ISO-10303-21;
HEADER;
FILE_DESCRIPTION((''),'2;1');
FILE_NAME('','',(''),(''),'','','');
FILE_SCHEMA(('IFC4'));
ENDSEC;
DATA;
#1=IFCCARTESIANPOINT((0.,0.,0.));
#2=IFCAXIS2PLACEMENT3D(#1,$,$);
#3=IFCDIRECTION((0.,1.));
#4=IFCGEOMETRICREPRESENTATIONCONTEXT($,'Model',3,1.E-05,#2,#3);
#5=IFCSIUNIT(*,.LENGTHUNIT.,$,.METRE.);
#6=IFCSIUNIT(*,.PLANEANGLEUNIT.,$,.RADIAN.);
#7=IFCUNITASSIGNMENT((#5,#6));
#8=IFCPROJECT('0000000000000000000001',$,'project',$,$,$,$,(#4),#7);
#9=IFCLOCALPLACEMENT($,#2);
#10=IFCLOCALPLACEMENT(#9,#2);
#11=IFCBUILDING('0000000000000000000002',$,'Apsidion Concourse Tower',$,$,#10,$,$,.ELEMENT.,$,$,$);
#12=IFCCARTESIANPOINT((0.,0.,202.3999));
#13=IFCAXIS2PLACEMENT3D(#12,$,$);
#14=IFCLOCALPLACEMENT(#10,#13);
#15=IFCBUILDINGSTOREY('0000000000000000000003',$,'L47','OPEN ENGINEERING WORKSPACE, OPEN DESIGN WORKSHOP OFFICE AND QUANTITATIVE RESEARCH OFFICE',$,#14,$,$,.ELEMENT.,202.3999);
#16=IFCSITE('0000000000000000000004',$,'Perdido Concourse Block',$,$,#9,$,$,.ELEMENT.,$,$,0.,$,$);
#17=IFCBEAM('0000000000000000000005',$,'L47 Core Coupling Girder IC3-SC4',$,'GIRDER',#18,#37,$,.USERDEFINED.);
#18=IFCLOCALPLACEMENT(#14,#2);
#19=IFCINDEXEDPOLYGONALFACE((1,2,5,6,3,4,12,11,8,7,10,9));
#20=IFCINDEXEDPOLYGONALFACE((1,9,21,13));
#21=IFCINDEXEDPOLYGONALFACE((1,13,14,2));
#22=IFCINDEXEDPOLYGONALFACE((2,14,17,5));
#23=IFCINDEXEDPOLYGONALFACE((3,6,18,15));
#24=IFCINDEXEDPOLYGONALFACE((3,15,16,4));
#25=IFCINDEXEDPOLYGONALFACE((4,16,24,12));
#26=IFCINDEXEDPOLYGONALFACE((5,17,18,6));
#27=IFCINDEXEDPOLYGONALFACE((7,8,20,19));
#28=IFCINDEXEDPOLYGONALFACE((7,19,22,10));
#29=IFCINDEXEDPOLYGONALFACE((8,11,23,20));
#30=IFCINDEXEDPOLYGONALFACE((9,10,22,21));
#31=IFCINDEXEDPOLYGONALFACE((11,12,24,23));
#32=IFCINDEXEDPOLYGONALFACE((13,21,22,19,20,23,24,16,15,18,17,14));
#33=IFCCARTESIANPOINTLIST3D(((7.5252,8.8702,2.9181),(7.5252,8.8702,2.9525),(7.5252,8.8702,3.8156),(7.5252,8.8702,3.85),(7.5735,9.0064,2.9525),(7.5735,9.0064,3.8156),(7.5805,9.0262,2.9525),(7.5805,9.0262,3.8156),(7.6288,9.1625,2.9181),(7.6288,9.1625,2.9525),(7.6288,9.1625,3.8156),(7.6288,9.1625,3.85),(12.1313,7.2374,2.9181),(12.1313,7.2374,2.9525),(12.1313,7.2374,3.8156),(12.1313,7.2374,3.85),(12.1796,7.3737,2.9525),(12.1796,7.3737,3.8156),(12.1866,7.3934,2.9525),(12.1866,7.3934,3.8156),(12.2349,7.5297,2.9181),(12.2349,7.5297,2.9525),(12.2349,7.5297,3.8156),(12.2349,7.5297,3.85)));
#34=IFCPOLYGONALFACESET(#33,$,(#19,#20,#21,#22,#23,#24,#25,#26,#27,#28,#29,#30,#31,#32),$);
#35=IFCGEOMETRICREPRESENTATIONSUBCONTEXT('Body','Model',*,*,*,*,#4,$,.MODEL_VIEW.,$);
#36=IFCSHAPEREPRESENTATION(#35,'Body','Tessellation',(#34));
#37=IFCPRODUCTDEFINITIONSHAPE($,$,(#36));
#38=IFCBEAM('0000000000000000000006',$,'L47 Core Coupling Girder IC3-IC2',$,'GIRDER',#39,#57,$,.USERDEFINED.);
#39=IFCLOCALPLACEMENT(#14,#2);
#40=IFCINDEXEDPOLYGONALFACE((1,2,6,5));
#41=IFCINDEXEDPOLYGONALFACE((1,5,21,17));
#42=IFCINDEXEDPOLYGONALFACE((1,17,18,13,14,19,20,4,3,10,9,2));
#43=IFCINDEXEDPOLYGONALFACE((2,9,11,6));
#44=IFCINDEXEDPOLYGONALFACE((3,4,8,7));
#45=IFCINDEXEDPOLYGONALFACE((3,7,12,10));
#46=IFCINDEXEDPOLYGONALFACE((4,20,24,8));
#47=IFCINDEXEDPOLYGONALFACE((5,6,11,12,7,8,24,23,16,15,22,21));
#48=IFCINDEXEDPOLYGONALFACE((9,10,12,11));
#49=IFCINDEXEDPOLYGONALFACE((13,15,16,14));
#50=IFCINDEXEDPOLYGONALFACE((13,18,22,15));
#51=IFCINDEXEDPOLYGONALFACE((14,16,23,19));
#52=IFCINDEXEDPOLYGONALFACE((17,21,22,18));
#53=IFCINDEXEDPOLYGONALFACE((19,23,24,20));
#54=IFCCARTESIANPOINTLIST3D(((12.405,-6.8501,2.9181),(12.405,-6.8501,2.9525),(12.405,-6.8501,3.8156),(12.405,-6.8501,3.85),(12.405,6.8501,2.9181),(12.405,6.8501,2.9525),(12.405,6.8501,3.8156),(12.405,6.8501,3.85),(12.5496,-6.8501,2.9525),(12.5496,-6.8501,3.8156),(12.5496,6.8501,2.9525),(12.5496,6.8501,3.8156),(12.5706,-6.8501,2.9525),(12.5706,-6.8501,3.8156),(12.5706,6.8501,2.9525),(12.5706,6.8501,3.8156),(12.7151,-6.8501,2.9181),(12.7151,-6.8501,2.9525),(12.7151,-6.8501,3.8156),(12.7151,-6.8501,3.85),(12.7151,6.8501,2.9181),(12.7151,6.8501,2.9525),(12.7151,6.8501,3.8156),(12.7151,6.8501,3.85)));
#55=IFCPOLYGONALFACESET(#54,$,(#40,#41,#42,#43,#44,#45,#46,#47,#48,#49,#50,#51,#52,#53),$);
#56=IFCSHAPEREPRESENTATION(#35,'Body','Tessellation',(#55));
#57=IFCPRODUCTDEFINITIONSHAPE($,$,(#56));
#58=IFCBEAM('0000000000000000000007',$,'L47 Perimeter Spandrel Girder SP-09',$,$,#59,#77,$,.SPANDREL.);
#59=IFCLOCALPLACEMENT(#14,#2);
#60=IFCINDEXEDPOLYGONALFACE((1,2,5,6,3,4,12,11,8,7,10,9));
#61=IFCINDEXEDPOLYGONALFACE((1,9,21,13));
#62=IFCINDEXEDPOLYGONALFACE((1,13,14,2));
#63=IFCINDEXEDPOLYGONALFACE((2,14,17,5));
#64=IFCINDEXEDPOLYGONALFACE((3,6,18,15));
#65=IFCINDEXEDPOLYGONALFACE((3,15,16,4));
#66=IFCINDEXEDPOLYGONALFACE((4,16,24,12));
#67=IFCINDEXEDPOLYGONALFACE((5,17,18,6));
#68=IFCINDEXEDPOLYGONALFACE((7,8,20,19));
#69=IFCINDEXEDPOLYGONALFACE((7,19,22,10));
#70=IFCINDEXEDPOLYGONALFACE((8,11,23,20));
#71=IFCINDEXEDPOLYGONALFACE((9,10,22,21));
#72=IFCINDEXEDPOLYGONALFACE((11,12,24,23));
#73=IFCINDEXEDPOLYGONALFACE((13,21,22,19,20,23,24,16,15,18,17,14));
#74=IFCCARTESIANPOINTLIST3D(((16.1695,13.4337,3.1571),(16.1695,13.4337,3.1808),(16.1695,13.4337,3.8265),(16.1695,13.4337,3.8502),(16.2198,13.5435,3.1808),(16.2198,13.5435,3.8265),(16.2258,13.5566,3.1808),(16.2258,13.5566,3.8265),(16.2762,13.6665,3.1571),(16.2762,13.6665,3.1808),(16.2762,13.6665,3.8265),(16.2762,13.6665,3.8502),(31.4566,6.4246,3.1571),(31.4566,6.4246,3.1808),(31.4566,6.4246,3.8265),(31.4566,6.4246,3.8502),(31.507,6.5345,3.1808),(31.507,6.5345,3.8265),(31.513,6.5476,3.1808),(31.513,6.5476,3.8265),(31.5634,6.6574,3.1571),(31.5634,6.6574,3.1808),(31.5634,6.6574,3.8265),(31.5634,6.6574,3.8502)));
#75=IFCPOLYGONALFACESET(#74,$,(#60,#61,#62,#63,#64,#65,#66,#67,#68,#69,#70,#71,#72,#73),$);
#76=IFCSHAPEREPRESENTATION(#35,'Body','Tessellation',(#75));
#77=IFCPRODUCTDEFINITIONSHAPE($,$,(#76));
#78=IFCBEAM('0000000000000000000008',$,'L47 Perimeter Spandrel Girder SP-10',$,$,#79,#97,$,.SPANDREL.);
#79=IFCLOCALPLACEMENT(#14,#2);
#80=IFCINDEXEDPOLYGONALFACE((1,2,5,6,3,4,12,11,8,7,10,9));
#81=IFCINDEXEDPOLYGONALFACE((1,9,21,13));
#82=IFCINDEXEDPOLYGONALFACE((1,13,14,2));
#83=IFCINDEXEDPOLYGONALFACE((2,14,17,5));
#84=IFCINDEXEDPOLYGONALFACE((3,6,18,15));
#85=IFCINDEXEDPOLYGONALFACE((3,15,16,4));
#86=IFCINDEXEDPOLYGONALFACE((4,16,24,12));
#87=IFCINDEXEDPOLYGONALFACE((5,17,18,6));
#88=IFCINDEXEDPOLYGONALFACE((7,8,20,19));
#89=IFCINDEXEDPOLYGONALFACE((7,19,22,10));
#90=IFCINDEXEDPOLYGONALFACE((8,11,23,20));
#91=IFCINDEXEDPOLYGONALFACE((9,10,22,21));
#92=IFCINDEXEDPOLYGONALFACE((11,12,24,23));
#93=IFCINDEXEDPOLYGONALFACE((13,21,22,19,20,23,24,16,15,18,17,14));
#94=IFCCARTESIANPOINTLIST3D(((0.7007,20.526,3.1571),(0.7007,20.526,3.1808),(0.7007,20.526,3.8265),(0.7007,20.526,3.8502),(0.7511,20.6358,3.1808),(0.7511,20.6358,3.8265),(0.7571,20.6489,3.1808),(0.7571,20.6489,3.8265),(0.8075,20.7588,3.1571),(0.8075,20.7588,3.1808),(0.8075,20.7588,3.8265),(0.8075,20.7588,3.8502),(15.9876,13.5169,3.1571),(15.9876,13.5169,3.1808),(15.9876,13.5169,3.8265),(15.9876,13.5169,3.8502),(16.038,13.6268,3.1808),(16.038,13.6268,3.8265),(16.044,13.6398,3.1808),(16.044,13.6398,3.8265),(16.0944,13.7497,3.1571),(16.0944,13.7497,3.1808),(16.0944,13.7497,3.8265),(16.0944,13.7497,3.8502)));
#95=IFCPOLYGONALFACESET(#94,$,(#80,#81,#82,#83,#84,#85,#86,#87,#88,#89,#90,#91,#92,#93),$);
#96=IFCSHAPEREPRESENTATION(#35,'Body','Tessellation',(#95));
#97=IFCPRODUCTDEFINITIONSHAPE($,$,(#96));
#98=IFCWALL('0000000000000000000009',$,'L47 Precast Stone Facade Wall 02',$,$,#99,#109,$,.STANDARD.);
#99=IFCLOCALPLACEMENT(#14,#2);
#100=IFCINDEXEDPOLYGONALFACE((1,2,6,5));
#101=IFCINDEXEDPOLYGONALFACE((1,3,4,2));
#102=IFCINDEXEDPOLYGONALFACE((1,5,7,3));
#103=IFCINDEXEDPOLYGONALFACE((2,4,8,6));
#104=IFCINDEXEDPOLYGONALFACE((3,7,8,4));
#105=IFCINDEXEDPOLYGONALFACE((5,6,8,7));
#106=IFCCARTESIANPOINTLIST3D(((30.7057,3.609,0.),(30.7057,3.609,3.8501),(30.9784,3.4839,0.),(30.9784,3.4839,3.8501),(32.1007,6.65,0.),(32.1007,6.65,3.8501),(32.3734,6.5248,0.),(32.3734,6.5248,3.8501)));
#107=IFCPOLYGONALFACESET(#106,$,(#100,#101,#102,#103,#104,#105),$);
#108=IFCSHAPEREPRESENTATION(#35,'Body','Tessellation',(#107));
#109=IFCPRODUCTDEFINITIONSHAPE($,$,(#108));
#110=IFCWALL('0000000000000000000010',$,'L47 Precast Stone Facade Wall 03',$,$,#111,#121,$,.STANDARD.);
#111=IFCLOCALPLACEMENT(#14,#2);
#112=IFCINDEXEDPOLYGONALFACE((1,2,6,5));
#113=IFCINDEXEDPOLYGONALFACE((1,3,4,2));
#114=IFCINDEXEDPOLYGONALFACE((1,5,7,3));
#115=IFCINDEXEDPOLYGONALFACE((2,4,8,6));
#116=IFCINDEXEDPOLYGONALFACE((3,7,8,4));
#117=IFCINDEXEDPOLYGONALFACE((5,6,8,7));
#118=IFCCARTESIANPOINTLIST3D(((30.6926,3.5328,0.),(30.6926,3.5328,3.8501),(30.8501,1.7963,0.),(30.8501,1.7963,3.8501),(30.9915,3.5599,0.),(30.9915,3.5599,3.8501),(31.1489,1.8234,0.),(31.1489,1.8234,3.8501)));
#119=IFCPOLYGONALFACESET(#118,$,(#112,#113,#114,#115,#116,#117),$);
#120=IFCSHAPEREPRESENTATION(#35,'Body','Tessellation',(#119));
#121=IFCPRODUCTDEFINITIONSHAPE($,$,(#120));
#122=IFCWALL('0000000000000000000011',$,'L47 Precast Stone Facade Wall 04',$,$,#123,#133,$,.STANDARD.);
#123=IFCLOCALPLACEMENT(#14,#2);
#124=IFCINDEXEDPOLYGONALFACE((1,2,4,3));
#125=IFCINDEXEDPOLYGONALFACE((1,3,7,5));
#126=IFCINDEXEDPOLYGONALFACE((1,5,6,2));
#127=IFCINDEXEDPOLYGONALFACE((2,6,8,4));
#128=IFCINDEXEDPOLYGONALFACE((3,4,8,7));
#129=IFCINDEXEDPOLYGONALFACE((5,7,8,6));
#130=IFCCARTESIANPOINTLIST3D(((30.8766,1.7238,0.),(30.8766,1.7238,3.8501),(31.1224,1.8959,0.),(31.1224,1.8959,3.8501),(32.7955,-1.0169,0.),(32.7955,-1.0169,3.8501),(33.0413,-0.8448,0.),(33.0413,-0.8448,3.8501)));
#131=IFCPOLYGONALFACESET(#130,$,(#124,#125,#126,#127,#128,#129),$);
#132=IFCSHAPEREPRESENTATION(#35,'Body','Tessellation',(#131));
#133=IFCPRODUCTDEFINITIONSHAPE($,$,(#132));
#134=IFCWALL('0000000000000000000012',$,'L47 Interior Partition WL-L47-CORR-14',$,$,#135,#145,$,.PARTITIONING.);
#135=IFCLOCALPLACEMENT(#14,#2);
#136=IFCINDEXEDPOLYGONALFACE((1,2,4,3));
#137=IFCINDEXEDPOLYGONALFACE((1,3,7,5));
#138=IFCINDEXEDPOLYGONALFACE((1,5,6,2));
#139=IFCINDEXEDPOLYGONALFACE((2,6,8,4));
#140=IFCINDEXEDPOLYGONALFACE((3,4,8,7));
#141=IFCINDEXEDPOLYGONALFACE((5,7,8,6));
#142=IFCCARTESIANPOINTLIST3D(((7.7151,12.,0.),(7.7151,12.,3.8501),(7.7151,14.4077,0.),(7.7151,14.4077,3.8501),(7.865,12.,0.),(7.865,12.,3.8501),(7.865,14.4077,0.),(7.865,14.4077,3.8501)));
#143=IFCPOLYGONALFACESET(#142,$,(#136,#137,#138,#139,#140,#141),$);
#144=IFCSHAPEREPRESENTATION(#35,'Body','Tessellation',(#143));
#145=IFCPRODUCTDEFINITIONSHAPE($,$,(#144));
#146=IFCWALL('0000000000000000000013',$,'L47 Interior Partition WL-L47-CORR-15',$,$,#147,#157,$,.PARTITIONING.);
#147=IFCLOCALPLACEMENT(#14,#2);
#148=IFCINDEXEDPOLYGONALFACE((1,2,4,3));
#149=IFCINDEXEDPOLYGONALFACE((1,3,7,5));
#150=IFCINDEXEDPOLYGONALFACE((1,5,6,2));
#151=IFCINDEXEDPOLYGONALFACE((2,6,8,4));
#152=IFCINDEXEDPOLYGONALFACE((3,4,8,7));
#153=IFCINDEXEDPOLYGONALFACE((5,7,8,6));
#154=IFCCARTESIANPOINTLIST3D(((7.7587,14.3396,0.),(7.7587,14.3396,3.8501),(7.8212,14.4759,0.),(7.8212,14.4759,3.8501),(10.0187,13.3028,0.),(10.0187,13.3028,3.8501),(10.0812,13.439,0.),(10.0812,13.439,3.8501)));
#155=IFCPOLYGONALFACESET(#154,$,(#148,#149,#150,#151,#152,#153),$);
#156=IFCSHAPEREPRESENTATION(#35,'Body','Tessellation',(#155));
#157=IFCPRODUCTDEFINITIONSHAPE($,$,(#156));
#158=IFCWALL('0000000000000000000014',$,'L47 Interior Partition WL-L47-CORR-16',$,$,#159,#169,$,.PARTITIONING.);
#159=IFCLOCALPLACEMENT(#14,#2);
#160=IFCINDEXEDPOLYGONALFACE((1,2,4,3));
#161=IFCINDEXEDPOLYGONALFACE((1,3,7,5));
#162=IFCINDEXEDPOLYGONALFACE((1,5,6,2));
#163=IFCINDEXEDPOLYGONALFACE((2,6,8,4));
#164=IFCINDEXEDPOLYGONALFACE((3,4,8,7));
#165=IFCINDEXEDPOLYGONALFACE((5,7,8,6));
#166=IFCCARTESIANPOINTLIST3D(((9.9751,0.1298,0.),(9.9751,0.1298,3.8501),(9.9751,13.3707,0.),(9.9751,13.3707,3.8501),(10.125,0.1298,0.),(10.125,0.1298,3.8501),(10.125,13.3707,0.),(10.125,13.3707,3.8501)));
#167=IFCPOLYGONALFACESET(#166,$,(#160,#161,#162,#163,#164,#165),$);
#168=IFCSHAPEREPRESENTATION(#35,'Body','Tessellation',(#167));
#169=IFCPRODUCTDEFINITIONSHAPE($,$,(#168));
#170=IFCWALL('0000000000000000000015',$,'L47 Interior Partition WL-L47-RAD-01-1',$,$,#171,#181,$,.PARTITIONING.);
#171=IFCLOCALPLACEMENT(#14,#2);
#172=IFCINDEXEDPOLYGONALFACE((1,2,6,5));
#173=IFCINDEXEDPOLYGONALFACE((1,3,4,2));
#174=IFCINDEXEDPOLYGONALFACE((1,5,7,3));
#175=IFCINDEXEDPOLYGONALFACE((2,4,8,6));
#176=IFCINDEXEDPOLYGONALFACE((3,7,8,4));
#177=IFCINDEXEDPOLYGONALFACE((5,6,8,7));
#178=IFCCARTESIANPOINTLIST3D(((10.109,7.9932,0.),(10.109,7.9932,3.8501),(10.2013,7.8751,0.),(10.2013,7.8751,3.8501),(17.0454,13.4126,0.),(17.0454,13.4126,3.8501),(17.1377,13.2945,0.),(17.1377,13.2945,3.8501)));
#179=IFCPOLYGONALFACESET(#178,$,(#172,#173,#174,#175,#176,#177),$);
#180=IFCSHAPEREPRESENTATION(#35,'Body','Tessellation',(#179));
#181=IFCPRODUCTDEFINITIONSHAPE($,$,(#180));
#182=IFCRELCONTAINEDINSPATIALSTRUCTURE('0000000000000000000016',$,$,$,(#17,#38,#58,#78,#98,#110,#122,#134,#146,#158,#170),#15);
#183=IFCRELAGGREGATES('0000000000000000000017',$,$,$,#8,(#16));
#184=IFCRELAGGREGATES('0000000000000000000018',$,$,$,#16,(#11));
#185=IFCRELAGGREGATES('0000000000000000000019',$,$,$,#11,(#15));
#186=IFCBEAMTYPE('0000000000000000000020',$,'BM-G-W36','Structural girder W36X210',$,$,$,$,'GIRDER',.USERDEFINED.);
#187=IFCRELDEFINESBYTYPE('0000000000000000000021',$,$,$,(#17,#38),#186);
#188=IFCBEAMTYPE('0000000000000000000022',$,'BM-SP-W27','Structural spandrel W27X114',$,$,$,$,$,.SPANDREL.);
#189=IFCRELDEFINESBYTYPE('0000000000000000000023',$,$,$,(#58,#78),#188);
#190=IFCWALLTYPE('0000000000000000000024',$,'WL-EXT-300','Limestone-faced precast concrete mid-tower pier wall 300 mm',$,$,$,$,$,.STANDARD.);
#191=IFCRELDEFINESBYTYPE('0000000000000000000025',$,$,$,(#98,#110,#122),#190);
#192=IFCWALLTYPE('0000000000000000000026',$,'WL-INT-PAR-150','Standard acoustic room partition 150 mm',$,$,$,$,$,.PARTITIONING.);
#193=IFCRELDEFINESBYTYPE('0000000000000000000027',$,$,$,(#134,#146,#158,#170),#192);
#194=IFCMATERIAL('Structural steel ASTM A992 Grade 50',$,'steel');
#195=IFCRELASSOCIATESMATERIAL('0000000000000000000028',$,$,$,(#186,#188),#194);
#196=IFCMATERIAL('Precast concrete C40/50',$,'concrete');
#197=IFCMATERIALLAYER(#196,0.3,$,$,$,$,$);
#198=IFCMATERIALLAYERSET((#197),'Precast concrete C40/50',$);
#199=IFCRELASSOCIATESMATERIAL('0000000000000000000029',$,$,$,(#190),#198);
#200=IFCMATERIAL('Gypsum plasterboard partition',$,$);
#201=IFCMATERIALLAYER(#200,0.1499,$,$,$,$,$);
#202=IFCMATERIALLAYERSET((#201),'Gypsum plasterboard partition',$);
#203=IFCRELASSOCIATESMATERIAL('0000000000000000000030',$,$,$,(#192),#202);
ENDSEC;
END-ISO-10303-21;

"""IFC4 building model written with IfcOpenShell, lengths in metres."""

from ifc_helpers import new_model, si_unit, direction, frame, frame_2d, origin, origin_2d, place, context, subcontext, project, spatial, rectangle, i_section, extrude, material, layer, layer_set, material_profile, profile_set, type_object, element, save


model = new_model("IFC4")

# Units and contexts
model_context = context("Model", 3, precision=1e-05, world=origin(), true_north=direction((0.0, 1.0)))
body_context = subcontext(model_context, "Body", "Model", "MODEL_VIEW")
ifc_project = project(units=[si_unit("LENGTHUNIT", "METRE"), si_unit("PLANEANGLEUNIT", "RADIAN")], contexts=[model_context])

# Site, building, storey
site_placement = place(None, origin())
site = spatial("IfcSite", under=ifc_project, at=site_placement, Name="Perdido Concourse Block", CompositionType="ELEMENT", RefElevation=0.0)
building_placement = place(site_placement, origin())
building = spatial("IfcBuilding", under=site, at=building_placement, Name="Apsidion Concourse Tower", CompositionType="ELEMENT")
storey_placement = place(building_placement, frame((0.0, 0.0, 202.3999)))
storey = spatial("IfcBuildingStorey", under=building, at=storey_placement, Name="L47", Description="OPEN ENGINEERING WORKSPACE, OPEN DESIGN WORKSHOP OFFICE AND QUANTITATIVE RESEARCH OFFICE", CompositionType="ELEMENT", Elevation=202.3999)

# Shared definitions
ifc_material_1 = material(Name="Structural steel ASTM A992 Grade 50", Category="steel")

# Beams
ifc_material_profile_1 = material_profile(ifc_material_1, i_section(OverallWidth=0.3101, OverallDepth=0.9319, WebThickness=0.021, FlangeThickness=0.0344, at=origin_2d()), Name="W36X210")
ifc_profile_set_1 = profile_set([ifc_material_profile_1], Name="Structural steel ASTM A992 Grade 50")
beam_type_1 = type_object("IfcBeamType", Name="BM-G-W36", Description="Structural girder W36X210", ElementType="GIRDER", PredefinedType="USERDEFINED", material=ifc_profile_set_1)
beam_1_placement = place(storey_placement, frame((12.1831, 7.3835, 3.384), z_axis=(-0.942534, 0.334111, 0.0), x_axis=(-0.334111, -0.942534, 0.0)))
element("IfcBeam", 1, at=beam_1_placement, inside=storey, type_object=beam_type_1, Name="L47 Core Coupling Girder IC3-SC4", ObjectType="GIRDER", PredefinedType="USERDEFINED", context=body_context, shape_type="SweptSolid", body=[
    extrude(i_section(OverallWidth=0.3101, OverallDepth=0.9319, WebThickness=0.021, FlangeThickness=0.0344, at=origin_2d()), origin(), (0.0, 0.0, 1.0), 4.887),
])
beam_2_placement = place(storey_placement, frame((12.5601, 6.8501, 3.384), z_axis=(0.0, -1.0, 0.0), x_axis=(1.0, 0.0, 0.0)))
element("IfcBeam", 2, at=beam_2_placement, inside=storey, type_object=beam_type_1, Name="L47 Core Coupling Girder IC3-IC2", ObjectType="GIRDER", PredefinedType="USERDEFINED", context=body_context, shape_type="SweptSolid", body=[
    extrude(i_section(OverallWidth=0.3101, OverallDepth=0.9319, WebThickness=0.021, FlangeThickness=0.0344, at=origin_2d()), origin(), (0.0, 0.0, 1.0), 13.7002),
])
ifc_material_profile_2 = material_profile(ifc_material_1, i_section(OverallWidth=0.2561, OverallDepth=0.6931, WebThickness=0.0144, FlangeThickness=0.0237, at=origin_2d()), Name="W27X114")
ifc_profile_set_2 = profile_set([ifc_material_profile_2], Name="Structural steel ASTM A992 Grade 50")
beam_type_2 = type_object("IfcBeamType", Name="BM-SP-W27", Description="Structural spandrel W27X114", PredefinedType="SPANDREL", material=ifc_profile_set_2)
beam_3_placement = place(storey_placement, frame((31.51, 6.541, 3.5037), z_axis=(-0.90901, 0.416775, 0.0), x_axis=(-0.416775, -0.90901, 0.0)))
element("IfcBeam", 3, at=beam_3_placement, inside=storey, type_object=beam_type_2, Name="L47 Perimeter Spandrel Girder SP-09", PredefinedType="SPANDREL", context=body_context, shape_type="SweptSolid", body=[
    extrude(i_section(OverallWidth=0.2561, OverallDepth=0.6931, WebThickness=0.0144, FlangeThickness=0.0237, at=origin_2d()), origin(), (0.0, 0.0, 1.0), 16.8174),
])
beam_4_placement = place(storey_placement, frame((16.041, 13.6333, 3.5037), z_axis=(-0.909007, 0.41678, 0.0), x_axis=(-0.41678, -0.909007, 0.0)))
element("IfcBeam", 4, at=beam_4_placement, inside=storey, type_object=beam_type_2, Name="L47 Perimeter Spandrel Girder SP-10", PredefinedType="SPANDREL", context=body_context, shape_type="SweptSolid", body=[
    extrude(i_section(OverallWidth=0.2561, OverallDepth=0.6931, WebThickness=0.0144, FlangeThickness=0.0237, at=origin_2d()), origin(), (0.0, 0.0, 1.0), 16.8171),
])

# Walls
ifc_material_2 = material(Name="Precast concrete C40/50", Category="concrete")
ifc_layer_1 = layer(ifc_material_2, 0.3)
ifc_layer_set_1 = layer_set([ifc_layer_1], Name="Precast concrete C40/50")
wall_type_1 = type_object("IfcWallType", Name="WL-EXT-300", Description="Limestone-faced precast concrete mid-tower pier wall 300 mm", PredefinedType="STANDARD", material=ifc_layer_set_1)
wall_1_placement = place(storey_placement, frame((32.2371, 6.5874, 0.0), z_axis=(0.0, 0.0, 1.0), x_axis=(-0.416956, -0.908927, 0.0)))
element("IfcWall", 5, at=wall_1_placement, inside=storey, type_object=wall_type_1, Name="L47 Precast Stone Facade Wall 02", PredefinedType="STANDARD", context=body_context, shape_type="SweptSolid", body=[
    extrude(rectangle(XDim=3.3457, YDim=0.3, at=frame_2d((1.6729, 0.0))), origin(), (0.0, 0.0, 1.0), 3.8501),
])
wall_2_placement = place(storey_placement, frame((30.842, 3.5464, 0.0), z_axis=(0.0, 0.0, 1.0), x_axis=(0.090309, -0.995914, 0.0)))
element("IfcWall", 6, at=wall_2_placement, inside=storey, type_object=wall_type_1, Name="L47 Precast Stone Facade Wall 03", PredefinedType="STANDARD", context=body_context, shape_type="SweptSolid", body=[
    extrude(rectangle(XDim=1.7437, YDim=0.3, at=frame_2d((0.8718, 0.0))), origin(), (0.0, 0.0, 1.0), 3.8501),
])
wall_3_placement = place(storey_placement, frame((30.9995, 1.8098, 0.0), z_axis=(0.0, 0.0, 1.0), x_axis=(0.57355, -0.81917, 0.0)))
element("IfcWall", 7, at=wall_3_placement, inside=storey, type_object=wall_type_1, Name="L47 Precast Stone Facade Wall 04", PredefinedType="STANDARD", context=body_context, shape_type="SweptSolid", body=[
    extrude(rectangle(XDim=3.3457, YDim=0.3, at=frame_2d((1.6729, 0.0))), origin(), (0.0, 0.0, 1.0), 3.8501),
])
ifc_material_3 = material(Name="Gypsum plasterboard partition")
ifc_layer_2 = layer(ifc_material_3, 0.1499)
ifc_layer_set_2 = layer_set([ifc_layer_2], Name="Gypsum plasterboard partition")
wall_type_2 = type_object("IfcWallType", Name="WL-INT-PAR-150", Description="Standard acoustic room partition 150 mm", PredefinedType="PARTITIONING", material=ifc_layer_set_2)
wall_4_placement = place(storey_placement, frame((7.79, 12.0, 0.0), z_axis=(0.0, 0.0, 1.0), x_axis=(0.0, 1.0, 0.0)))
element("IfcWall", 8, at=wall_4_placement, inside=storey, type_object=wall_type_2, Name="L47 Interior Partition WL-L47-CORR-14", PredefinedType="PARTITIONING", context=body_context, shape_type="SweptSolid", body=[
    extrude(rectangle(XDim=2.4077, YDim=0.1499, at=frame_2d((1.2039, 0.0))), origin(), (0.0, 0.0, 1.0), 3.8501),
])
wall_5_placement = place(storey_placement, frame((7.79, 14.4077, 0.0), z_axis=(0.0, 0.0, 1.0), x_axis=(0.908908, -0.416996, 0.0)))
element("IfcWall", 9, at=wall_5_placement, inside=storey, type_object=wall_type_2, Name="L47 Interior Partition WL-L47-CORR-15", PredefinedType="PARTITIONING", context=body_context, shape_type="SweptSolid", body=[
    extrude(rectangle(XDim=2.4866, YDim=0.1499, at=frame_2d((1.2432, 0.0))), origin(), (0.0, 0.0, 1.0), 3.8501),
])
wall_6_placement = place(storey_placement, frame((10.05, 13.3708, 0.0), z_axis=(0.0, 0.0, 1.0), x_axis=(0.0, -1.0, 0.0)))
element("IfcWall", 10, at=wall_6_placement, inside=storey, type_object=wall_type_2, Name="L47 Interior Partition WL-L47-CORR-16", PredefinedType="PARTITIONING", context=body_context, shape_type="SweptSolid", body=[
    extrude(rectangle(XDim=13.241, YDim=0.1499, at=frame_2d((6.6206, 0.0))), origin(), (0.0, 0.0, 1.0), 3.8501),
])
wall_7_placement = place(storey_placement, frame((10.155, 7.9341, 0.0), z_axis=(0.0, 0.0, 1.0), x_axis=(0.788009, 0.615663, 0.0)))
element("IfcWall", 11, at=wall_7_placement, inside=storey, type_object=wall_type_2, Name="L47 Interior Partition WL-L47-RAD-01-1", PredefinedType="PARTITIONING", context=body_context, shape_type="SweptSolid", body=[
    extrude(rectangle(XDim=8.8025, YDim=0.1499, at=frame_2d((4.4014, 0.0))), origin(), (0.0, 0.0, 1.0), 3.8501),
])

save(model, "model.ifc")
